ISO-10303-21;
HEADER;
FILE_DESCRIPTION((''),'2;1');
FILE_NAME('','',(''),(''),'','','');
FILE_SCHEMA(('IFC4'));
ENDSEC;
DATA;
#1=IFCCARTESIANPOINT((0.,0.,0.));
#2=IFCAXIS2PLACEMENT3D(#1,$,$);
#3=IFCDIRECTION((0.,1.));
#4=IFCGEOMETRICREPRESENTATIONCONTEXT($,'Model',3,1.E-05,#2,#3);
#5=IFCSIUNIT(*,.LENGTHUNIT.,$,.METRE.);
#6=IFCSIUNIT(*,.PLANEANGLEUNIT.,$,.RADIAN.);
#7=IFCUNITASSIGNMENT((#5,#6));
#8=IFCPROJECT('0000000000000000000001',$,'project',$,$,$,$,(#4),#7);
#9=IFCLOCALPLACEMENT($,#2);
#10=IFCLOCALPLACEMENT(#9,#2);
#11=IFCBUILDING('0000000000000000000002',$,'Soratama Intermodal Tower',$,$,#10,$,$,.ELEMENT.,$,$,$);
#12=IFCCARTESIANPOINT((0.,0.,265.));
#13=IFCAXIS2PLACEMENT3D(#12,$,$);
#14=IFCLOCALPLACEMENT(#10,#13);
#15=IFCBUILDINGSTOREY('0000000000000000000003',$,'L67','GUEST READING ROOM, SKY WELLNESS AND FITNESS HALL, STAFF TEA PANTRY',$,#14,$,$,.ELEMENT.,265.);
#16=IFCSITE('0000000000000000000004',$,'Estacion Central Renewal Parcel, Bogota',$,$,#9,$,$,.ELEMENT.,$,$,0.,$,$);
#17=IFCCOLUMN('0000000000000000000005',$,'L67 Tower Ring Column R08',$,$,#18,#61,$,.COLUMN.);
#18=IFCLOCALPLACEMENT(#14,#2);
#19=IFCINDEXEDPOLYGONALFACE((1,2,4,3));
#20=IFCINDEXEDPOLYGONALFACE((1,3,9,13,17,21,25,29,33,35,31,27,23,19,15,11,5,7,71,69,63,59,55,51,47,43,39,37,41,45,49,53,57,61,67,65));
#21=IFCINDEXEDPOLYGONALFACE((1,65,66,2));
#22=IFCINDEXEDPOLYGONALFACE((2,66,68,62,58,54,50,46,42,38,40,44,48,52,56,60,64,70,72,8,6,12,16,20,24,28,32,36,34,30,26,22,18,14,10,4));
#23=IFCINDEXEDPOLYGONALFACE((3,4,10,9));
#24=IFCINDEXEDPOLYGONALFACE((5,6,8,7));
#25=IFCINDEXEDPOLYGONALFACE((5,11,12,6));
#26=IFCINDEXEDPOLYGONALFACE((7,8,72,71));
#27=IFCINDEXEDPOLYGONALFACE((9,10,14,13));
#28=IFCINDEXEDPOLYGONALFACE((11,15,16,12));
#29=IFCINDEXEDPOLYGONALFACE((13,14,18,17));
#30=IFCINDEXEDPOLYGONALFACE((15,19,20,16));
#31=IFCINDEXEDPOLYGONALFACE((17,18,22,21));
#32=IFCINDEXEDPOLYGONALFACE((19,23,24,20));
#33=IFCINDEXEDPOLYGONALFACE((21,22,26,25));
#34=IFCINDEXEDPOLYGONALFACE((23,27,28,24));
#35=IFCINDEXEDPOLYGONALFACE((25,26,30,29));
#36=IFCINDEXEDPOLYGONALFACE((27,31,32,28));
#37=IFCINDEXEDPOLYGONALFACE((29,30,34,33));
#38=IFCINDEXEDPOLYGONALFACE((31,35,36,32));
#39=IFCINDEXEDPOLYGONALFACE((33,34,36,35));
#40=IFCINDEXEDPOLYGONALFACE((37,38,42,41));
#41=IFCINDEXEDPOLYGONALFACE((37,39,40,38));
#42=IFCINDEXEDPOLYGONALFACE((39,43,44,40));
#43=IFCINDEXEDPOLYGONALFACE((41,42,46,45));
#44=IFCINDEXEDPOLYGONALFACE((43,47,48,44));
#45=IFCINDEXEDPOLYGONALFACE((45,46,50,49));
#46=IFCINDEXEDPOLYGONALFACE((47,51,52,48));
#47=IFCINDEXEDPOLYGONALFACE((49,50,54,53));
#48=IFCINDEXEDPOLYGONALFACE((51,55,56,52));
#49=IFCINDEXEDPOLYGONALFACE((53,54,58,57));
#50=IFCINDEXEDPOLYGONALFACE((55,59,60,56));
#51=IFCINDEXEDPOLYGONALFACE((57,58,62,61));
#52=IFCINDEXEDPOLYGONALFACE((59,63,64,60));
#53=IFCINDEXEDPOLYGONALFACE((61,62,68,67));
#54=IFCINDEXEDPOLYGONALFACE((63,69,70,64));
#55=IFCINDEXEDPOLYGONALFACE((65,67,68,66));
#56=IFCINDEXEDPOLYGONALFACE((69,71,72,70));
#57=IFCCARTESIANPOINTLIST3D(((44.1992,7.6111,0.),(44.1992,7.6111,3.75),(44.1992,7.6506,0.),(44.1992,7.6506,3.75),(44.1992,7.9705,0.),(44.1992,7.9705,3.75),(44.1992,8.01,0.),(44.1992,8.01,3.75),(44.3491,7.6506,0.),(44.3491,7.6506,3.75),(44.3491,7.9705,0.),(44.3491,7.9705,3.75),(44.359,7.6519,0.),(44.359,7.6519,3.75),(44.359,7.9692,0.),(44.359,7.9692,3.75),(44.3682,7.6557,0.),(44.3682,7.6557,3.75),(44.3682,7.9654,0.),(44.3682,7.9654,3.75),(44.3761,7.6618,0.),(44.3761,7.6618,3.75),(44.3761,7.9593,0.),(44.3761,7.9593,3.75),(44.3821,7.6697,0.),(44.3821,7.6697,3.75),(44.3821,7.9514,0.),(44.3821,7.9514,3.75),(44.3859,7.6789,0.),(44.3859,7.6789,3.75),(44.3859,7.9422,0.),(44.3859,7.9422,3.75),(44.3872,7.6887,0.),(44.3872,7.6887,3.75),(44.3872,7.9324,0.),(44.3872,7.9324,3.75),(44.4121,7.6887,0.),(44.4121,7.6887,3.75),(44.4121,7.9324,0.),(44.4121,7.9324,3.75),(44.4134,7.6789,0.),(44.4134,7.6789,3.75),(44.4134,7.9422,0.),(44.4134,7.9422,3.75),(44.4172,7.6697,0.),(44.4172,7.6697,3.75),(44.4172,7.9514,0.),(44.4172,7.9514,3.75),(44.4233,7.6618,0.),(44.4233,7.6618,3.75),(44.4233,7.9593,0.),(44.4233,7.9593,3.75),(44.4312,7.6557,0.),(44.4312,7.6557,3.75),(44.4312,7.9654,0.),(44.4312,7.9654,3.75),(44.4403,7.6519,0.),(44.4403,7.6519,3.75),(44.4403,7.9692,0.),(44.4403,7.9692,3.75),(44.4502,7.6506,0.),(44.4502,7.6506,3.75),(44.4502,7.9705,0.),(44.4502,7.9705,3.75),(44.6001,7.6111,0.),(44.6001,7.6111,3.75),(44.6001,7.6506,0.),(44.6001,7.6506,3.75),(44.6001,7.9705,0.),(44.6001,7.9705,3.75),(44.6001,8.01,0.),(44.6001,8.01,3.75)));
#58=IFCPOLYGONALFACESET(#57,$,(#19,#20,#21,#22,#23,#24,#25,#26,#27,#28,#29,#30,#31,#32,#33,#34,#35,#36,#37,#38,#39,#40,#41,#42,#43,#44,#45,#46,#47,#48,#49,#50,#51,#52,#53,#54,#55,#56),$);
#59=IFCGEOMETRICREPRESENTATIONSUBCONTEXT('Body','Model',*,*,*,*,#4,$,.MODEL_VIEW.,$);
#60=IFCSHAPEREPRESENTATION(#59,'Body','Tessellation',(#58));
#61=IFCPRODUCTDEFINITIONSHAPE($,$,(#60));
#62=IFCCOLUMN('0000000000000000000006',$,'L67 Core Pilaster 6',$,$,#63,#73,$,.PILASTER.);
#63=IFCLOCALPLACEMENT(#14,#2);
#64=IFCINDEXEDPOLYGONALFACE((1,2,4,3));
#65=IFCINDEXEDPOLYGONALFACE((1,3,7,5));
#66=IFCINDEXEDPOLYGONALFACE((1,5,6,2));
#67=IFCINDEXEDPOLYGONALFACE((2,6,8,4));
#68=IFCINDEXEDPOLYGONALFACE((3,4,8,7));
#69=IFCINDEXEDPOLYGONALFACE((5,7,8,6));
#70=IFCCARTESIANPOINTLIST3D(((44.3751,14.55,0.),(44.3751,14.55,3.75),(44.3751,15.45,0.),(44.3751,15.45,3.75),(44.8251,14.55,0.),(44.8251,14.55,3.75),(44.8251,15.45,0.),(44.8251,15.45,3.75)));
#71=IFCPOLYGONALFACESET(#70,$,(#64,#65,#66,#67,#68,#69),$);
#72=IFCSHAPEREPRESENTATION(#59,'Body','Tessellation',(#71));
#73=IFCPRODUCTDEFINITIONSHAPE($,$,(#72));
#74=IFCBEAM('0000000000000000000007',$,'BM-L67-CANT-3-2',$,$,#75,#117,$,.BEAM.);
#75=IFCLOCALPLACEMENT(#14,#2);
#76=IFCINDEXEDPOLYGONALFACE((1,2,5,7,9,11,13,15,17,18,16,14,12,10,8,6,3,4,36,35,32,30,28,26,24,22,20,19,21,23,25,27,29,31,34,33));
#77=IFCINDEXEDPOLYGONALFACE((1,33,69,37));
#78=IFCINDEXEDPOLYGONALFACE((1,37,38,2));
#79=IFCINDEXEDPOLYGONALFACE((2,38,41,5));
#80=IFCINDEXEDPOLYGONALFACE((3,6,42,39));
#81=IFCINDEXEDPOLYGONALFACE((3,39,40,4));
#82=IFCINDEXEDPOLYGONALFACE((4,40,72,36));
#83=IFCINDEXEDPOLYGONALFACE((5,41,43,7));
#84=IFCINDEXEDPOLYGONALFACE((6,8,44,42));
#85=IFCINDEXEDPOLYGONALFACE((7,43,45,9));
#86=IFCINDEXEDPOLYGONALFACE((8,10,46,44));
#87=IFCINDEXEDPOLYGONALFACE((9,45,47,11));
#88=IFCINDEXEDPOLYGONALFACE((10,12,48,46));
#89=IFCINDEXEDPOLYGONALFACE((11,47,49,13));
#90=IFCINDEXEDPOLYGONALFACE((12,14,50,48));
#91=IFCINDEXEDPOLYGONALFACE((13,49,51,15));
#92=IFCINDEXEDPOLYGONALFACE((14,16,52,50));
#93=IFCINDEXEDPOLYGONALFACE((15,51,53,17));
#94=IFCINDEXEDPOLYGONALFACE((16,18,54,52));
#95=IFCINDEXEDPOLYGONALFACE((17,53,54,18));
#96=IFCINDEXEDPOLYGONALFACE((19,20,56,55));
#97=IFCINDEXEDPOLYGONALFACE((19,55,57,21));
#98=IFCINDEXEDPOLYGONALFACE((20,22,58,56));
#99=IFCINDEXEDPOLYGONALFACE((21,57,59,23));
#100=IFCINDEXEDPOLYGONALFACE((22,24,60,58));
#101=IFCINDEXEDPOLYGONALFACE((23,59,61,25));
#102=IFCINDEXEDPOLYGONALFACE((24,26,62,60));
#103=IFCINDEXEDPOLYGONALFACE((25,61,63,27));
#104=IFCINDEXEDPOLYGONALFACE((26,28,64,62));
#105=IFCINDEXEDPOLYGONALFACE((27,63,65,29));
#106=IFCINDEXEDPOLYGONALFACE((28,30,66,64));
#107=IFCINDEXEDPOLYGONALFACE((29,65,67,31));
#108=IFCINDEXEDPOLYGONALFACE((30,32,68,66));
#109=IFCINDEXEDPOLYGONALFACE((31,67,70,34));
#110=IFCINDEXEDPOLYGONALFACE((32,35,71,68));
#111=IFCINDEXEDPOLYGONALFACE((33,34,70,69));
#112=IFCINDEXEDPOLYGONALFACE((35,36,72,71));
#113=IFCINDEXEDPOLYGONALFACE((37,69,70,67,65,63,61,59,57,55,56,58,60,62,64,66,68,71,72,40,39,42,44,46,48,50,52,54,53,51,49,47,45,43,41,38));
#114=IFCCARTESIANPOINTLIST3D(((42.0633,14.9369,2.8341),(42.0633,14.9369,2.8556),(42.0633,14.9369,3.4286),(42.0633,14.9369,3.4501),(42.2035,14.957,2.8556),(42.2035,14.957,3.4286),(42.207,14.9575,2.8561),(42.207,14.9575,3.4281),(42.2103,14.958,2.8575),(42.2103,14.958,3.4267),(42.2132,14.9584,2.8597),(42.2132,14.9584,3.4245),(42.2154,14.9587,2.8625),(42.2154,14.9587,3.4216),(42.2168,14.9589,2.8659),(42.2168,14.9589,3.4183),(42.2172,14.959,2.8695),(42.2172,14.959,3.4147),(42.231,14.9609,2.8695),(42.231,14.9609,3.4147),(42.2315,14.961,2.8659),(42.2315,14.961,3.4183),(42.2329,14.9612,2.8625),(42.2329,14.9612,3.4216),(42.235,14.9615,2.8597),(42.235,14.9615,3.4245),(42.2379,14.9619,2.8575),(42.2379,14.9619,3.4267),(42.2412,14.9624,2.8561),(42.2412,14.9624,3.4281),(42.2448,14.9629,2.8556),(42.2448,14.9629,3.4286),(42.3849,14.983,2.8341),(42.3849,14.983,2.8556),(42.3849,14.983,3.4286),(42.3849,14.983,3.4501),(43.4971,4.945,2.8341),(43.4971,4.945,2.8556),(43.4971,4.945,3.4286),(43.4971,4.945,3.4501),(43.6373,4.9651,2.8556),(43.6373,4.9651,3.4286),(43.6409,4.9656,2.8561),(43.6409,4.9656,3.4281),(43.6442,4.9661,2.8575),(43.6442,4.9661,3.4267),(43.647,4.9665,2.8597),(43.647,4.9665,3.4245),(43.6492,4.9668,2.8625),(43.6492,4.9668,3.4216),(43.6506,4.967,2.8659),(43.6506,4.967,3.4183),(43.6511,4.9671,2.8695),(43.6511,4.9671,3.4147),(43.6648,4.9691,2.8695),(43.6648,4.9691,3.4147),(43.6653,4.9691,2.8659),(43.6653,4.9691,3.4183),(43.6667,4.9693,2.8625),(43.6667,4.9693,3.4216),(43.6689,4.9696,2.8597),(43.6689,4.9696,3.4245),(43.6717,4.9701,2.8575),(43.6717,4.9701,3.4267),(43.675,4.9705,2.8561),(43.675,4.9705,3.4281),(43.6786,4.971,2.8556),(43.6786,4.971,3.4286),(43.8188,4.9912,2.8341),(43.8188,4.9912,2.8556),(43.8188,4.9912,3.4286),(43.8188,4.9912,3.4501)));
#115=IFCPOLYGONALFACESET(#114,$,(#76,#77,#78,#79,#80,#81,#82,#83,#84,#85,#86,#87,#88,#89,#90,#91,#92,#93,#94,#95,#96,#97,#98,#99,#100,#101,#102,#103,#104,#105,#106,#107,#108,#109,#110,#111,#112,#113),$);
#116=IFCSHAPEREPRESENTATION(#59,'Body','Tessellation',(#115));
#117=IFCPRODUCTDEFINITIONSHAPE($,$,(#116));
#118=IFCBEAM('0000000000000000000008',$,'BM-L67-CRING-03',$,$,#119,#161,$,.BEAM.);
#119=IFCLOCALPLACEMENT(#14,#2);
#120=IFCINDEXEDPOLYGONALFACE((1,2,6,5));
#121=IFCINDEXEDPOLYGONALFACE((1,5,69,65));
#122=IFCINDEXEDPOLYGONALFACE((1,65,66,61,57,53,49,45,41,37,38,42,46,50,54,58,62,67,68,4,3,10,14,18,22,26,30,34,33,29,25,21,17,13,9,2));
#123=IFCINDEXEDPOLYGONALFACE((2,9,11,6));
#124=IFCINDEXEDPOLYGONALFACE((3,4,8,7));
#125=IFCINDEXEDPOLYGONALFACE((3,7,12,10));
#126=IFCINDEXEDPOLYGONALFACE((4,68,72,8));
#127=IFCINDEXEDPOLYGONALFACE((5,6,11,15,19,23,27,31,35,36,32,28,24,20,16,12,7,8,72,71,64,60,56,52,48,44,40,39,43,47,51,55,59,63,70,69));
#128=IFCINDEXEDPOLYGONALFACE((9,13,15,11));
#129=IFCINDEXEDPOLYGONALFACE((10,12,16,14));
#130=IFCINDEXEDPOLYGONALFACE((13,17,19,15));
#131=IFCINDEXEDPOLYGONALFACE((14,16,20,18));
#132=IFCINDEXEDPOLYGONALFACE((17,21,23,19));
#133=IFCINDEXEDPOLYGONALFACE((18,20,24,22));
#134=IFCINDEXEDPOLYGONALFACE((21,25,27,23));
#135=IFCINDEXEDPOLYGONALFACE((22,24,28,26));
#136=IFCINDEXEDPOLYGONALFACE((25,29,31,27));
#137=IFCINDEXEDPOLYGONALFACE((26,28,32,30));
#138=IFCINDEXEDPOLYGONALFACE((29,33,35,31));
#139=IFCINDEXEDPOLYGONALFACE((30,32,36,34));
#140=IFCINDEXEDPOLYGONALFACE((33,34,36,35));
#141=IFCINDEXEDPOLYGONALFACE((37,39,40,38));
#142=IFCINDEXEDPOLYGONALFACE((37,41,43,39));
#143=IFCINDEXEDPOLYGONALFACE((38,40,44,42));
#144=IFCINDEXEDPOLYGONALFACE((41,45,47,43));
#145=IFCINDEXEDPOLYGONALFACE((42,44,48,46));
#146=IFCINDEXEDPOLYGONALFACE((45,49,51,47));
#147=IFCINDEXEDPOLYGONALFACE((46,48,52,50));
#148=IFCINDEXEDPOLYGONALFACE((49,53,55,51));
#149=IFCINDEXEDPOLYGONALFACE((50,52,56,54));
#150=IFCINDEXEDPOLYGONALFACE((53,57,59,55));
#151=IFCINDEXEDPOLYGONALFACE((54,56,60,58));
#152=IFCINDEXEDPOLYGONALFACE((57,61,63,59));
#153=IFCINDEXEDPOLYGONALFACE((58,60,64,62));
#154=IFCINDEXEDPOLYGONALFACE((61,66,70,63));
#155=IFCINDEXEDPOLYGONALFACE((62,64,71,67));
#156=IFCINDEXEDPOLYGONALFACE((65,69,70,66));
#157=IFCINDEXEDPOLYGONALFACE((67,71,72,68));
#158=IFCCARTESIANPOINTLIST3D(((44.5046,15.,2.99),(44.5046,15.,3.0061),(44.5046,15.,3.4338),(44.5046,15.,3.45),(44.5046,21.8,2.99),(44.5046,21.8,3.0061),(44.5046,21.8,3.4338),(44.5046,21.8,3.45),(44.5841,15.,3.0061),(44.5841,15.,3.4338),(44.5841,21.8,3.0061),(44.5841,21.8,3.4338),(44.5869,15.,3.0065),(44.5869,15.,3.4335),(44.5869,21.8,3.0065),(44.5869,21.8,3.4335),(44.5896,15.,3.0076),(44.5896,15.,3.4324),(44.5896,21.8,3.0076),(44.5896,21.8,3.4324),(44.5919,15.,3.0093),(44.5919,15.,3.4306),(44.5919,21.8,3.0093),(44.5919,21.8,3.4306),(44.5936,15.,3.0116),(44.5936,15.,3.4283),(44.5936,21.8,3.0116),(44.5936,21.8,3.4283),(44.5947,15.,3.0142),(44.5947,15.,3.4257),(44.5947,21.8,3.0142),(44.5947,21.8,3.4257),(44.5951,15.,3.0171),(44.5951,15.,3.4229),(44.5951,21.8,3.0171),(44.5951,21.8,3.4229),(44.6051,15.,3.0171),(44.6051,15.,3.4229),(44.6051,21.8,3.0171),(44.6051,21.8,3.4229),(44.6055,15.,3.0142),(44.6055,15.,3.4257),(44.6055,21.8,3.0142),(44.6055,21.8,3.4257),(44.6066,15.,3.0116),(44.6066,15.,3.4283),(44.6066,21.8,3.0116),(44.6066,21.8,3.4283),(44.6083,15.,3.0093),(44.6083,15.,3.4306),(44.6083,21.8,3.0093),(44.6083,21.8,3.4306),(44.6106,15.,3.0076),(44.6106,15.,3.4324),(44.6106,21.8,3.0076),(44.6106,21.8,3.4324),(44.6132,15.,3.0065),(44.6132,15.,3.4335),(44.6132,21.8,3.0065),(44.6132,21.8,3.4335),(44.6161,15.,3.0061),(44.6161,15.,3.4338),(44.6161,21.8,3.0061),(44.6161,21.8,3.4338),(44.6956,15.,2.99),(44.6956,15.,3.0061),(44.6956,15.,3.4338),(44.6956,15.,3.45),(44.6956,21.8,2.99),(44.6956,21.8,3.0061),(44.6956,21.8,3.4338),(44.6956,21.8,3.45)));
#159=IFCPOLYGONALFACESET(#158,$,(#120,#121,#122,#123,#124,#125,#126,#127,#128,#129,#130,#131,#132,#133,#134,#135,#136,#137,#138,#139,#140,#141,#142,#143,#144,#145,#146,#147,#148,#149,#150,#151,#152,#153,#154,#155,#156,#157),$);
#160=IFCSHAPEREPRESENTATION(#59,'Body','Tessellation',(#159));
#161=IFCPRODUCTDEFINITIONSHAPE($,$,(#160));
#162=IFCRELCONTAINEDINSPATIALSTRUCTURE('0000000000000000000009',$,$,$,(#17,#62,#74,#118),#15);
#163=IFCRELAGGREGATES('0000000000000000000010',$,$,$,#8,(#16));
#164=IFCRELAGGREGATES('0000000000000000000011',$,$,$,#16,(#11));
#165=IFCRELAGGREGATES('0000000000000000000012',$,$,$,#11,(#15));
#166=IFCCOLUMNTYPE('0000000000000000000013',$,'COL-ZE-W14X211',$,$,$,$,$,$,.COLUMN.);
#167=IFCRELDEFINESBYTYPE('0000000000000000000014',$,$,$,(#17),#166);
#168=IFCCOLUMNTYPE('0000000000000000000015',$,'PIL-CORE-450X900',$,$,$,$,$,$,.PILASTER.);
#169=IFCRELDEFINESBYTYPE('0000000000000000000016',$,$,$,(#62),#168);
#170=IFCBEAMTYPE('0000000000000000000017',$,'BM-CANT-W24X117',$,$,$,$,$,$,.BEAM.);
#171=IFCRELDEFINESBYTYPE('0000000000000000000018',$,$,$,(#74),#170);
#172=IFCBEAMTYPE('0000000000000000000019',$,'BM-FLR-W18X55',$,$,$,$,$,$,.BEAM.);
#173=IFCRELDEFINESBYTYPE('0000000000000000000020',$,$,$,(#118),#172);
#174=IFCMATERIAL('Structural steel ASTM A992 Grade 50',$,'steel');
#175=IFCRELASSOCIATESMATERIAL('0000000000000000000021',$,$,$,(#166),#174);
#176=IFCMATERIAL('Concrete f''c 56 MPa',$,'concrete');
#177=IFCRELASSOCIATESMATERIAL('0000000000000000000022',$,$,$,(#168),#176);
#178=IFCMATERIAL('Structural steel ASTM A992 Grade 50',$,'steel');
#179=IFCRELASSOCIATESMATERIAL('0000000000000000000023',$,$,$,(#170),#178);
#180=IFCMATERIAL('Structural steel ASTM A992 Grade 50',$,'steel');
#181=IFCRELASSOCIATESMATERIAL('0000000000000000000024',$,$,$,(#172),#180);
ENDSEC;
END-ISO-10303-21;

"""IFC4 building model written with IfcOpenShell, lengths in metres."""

from ifc_helpers import new_model, si_unit, direction, frame, origin, origin_2d, place, context, subcontext, project, spatial, rectangle, i_section, extrude, material, material_profile, profile_set, type_object, element, save


model = new_model("IFC4")

# Units and contexts
model_context = context("Model", 3, precision=1e-05, world=origin(), true_north=direction((0.0, 1.0)))
body_context = subcontext(model_context, "Body", "Model", "MODEL_VIEW")
ifc_project = project(units=[si_unit("LENGTHUNIT", "METRE"), si_unit("PLANEANGLEUNIT", "RADIAN")], contexts=[model_context])

# Site, building, storey
site_placement = place(None, origin())
site = spatial("IfcSite", under=ifc_project, at=site_placement, Name="Estacion Central Renewal Parcel, Bogota", CompositionType="ELEMENT", RefElevation=0.0)
building_placement = place(site_placement, origin())
building = spatial("IfcBuilding", under=site, at=building_placement, Name="Soratama Intermodal Tower", CompositionType="ELEMENT")
storey_placement = place(building_placement, frame((0.0, 0.0, 265.0)))
storey = spatial("IfcBuildingStorey", under=building, at=storey_placement, Name="L67", Description="GUEST READING ROOM, SKY WELLNESS AND FITNESS HALL, STAFF TEA PANTRY", CompositionType="ELEMENT", Elevation=265.0)

# Columns
ifc_material_1 = material(Name="Structural steel ASTM A992 Grade 50", Category="steel")
ifc_material_profile_1 = material_profile(ifc_material_1, i_section(OverallWidth=0.4009, OverallDepth=0.3989, WebThickness=0.0249, FlangeThickness=0.0396, FilletRadius=0.0381, at=origin_2d()), Name="W14X211")
ifc_profile_set_1 = profile_set([ifc_material_profile_1], Name="Structural steel ASTM A992 Grade 50")
column_type_1 = type_object("IfcColumnType", Name="COL-ZE-W14X211", PredefinedType="COLUMN", material=ifc_profile_set_1)
column_1_placement = place(storey_placement, frame((44.3997, 7.8105, 0.0), z_axis=(0.0, 0.0, 1.0), x_axis=(1.0, 0.0, 0.0)))
element("IfcColumn", 1, at=column_1_placement, inside=storey, type_object=column_type_1, Name="L67 Tower Ring Column R08", PredefinedType="COLUMN", context=body_context, shape_type="SweptSolid", body=[
    extrude(i_section(OverallWidth=0.4009, OverallDepth=0.3989, WebThickness=0.0249, FlangeThickness=0.0396, FilletRadius=0.0381, at=origin_2d()), origin(), (0.0, 0.0, 1.0), 3.75),
])
ifc_material_2 = material(Name="Concrete f'c 56 MPa", Category="concrete")
ifc_material_profile_2 = material_profile(ifc_material_2, rectangle(XDim=0.45, YDim=0.8999, at=origin_2d()), Name="RC450X900")
ifc_profile_set_2 = profile_set([ifc_material_profile_2], Name="Concrete f'c 56 MPa")
column_type_2 = type_object("IfcColumnType", Name="PIL-CORE-450X900", PredefinedType="PILASTER", material=ifc_profile_set_2)
column_2_placement = place(storey_placement, frame((44.6001, 15.0, 0.0), z_axis=(0.0, 0.0, 1.0), x_axis=(1.0, 0.0, 0.0)))
element("IfcColumn", 2, at=column_2_placement, inside=storey, type_object=column_type_2, Name="L67 Core Pilaster 6", PredefinedType="PILASTER", context=body_context, shape_type="SweptSolid", body=[
    extrude(rectangle(XDim=0.45, YDim=0.8999, at=origin_2d()), origin(), (0.0, 0.0, 1.0), 3.75),
])

# Beams
ifc_material_3 = material(Name="Structural steel ASTM A992 Grade 50", Category="steel")
ifc_material_profile_3 = material_profile(ifc_material_3, i_section(OverallWidth=0.325, OverallDepth=0.616, WebThickness=0.0139, FlangeThickness=0.0215, FilletRadius=0.0139, at=origin_2d()), Name="W24X117")
ifc_profile_set_3 = profile_set([ifc_material_profile_3], Name="Structural steel ASTM A992 Grade 50")
beam_type_1 = type_object("IfcBeamType", Name="BM-CANT-W24X117", PredefinedType="BEAM", material=ifc_profile_set_3)
beam_1_placement = place(storey_placement, frame((42.2241, 14.96, 3.1421), z_axis=(0.142044, -0.98986, 0.0), x_axis=(0.98986, 0.142044, 0.0)))
element("IfcBeam", 3, at=beam_1_placement, inside=storey, type_object=beam_type_1, Name="BM-L67-CANT-3-2", PredefinedType="BEAM", context=body_context, shape_type="SweptSolid", body=[
    extrude(i_section(OverallWidth=0.325, OverallDepth=0.616, WebThickness=0.0139, FlangeThickness=0.0215, FilletRadius=0.0139, at=origin_2d()), origin(), (0.0, 0.0, 1.0), 10.0942),
])
ifc_material_4 = material(Name="Structural steel ASTM A992 Grade 50", Category="steel")
ifc_material_profile_4 = material_profile(ifc_material_4, i_section(OverallWidth=0.1909, OverallDepth=0.46, WebThickness=0.01, FlangeThickness=0.0161, FilletRadius=0.011, at=origin_2d()), Name="W18X55")
ifc_profile_set_4 = profile_set([ifc_material_profile_4], Name="Structural steel ASTM A992 Grade 50")
beam_type_2 = type_object("IfcBeamType", Name="BM-FLR-W18X55", PredefinedType="BEAM", material=ifc_profile_set_4)
beam_2_placement = place(storey_placement, frame((44.6001, 15.0, 3.22), z_axis=(0.0, 1.0, 0.0), x_axis=(-1.0, 0.0, 0.0)))
element("IfcBeam", 4, at=beam_2_placement, inside=storey, type_object=beam_type_2, Name="BM-L67-CRING-03", PredefinedType="BEAM", context=body_context, shape_type="SweptSolid", body=[
    extrude(i_section(OverallWidth=0.1909, OverallDepth=0.46, WebThickness=0.01, FlangeThickness=0.0161, FilletRadius=0.011, at=origin_2d()), origin(), (0.0, 0.0, 1.0), 6.8),
])

save(model, "model.ifc")
